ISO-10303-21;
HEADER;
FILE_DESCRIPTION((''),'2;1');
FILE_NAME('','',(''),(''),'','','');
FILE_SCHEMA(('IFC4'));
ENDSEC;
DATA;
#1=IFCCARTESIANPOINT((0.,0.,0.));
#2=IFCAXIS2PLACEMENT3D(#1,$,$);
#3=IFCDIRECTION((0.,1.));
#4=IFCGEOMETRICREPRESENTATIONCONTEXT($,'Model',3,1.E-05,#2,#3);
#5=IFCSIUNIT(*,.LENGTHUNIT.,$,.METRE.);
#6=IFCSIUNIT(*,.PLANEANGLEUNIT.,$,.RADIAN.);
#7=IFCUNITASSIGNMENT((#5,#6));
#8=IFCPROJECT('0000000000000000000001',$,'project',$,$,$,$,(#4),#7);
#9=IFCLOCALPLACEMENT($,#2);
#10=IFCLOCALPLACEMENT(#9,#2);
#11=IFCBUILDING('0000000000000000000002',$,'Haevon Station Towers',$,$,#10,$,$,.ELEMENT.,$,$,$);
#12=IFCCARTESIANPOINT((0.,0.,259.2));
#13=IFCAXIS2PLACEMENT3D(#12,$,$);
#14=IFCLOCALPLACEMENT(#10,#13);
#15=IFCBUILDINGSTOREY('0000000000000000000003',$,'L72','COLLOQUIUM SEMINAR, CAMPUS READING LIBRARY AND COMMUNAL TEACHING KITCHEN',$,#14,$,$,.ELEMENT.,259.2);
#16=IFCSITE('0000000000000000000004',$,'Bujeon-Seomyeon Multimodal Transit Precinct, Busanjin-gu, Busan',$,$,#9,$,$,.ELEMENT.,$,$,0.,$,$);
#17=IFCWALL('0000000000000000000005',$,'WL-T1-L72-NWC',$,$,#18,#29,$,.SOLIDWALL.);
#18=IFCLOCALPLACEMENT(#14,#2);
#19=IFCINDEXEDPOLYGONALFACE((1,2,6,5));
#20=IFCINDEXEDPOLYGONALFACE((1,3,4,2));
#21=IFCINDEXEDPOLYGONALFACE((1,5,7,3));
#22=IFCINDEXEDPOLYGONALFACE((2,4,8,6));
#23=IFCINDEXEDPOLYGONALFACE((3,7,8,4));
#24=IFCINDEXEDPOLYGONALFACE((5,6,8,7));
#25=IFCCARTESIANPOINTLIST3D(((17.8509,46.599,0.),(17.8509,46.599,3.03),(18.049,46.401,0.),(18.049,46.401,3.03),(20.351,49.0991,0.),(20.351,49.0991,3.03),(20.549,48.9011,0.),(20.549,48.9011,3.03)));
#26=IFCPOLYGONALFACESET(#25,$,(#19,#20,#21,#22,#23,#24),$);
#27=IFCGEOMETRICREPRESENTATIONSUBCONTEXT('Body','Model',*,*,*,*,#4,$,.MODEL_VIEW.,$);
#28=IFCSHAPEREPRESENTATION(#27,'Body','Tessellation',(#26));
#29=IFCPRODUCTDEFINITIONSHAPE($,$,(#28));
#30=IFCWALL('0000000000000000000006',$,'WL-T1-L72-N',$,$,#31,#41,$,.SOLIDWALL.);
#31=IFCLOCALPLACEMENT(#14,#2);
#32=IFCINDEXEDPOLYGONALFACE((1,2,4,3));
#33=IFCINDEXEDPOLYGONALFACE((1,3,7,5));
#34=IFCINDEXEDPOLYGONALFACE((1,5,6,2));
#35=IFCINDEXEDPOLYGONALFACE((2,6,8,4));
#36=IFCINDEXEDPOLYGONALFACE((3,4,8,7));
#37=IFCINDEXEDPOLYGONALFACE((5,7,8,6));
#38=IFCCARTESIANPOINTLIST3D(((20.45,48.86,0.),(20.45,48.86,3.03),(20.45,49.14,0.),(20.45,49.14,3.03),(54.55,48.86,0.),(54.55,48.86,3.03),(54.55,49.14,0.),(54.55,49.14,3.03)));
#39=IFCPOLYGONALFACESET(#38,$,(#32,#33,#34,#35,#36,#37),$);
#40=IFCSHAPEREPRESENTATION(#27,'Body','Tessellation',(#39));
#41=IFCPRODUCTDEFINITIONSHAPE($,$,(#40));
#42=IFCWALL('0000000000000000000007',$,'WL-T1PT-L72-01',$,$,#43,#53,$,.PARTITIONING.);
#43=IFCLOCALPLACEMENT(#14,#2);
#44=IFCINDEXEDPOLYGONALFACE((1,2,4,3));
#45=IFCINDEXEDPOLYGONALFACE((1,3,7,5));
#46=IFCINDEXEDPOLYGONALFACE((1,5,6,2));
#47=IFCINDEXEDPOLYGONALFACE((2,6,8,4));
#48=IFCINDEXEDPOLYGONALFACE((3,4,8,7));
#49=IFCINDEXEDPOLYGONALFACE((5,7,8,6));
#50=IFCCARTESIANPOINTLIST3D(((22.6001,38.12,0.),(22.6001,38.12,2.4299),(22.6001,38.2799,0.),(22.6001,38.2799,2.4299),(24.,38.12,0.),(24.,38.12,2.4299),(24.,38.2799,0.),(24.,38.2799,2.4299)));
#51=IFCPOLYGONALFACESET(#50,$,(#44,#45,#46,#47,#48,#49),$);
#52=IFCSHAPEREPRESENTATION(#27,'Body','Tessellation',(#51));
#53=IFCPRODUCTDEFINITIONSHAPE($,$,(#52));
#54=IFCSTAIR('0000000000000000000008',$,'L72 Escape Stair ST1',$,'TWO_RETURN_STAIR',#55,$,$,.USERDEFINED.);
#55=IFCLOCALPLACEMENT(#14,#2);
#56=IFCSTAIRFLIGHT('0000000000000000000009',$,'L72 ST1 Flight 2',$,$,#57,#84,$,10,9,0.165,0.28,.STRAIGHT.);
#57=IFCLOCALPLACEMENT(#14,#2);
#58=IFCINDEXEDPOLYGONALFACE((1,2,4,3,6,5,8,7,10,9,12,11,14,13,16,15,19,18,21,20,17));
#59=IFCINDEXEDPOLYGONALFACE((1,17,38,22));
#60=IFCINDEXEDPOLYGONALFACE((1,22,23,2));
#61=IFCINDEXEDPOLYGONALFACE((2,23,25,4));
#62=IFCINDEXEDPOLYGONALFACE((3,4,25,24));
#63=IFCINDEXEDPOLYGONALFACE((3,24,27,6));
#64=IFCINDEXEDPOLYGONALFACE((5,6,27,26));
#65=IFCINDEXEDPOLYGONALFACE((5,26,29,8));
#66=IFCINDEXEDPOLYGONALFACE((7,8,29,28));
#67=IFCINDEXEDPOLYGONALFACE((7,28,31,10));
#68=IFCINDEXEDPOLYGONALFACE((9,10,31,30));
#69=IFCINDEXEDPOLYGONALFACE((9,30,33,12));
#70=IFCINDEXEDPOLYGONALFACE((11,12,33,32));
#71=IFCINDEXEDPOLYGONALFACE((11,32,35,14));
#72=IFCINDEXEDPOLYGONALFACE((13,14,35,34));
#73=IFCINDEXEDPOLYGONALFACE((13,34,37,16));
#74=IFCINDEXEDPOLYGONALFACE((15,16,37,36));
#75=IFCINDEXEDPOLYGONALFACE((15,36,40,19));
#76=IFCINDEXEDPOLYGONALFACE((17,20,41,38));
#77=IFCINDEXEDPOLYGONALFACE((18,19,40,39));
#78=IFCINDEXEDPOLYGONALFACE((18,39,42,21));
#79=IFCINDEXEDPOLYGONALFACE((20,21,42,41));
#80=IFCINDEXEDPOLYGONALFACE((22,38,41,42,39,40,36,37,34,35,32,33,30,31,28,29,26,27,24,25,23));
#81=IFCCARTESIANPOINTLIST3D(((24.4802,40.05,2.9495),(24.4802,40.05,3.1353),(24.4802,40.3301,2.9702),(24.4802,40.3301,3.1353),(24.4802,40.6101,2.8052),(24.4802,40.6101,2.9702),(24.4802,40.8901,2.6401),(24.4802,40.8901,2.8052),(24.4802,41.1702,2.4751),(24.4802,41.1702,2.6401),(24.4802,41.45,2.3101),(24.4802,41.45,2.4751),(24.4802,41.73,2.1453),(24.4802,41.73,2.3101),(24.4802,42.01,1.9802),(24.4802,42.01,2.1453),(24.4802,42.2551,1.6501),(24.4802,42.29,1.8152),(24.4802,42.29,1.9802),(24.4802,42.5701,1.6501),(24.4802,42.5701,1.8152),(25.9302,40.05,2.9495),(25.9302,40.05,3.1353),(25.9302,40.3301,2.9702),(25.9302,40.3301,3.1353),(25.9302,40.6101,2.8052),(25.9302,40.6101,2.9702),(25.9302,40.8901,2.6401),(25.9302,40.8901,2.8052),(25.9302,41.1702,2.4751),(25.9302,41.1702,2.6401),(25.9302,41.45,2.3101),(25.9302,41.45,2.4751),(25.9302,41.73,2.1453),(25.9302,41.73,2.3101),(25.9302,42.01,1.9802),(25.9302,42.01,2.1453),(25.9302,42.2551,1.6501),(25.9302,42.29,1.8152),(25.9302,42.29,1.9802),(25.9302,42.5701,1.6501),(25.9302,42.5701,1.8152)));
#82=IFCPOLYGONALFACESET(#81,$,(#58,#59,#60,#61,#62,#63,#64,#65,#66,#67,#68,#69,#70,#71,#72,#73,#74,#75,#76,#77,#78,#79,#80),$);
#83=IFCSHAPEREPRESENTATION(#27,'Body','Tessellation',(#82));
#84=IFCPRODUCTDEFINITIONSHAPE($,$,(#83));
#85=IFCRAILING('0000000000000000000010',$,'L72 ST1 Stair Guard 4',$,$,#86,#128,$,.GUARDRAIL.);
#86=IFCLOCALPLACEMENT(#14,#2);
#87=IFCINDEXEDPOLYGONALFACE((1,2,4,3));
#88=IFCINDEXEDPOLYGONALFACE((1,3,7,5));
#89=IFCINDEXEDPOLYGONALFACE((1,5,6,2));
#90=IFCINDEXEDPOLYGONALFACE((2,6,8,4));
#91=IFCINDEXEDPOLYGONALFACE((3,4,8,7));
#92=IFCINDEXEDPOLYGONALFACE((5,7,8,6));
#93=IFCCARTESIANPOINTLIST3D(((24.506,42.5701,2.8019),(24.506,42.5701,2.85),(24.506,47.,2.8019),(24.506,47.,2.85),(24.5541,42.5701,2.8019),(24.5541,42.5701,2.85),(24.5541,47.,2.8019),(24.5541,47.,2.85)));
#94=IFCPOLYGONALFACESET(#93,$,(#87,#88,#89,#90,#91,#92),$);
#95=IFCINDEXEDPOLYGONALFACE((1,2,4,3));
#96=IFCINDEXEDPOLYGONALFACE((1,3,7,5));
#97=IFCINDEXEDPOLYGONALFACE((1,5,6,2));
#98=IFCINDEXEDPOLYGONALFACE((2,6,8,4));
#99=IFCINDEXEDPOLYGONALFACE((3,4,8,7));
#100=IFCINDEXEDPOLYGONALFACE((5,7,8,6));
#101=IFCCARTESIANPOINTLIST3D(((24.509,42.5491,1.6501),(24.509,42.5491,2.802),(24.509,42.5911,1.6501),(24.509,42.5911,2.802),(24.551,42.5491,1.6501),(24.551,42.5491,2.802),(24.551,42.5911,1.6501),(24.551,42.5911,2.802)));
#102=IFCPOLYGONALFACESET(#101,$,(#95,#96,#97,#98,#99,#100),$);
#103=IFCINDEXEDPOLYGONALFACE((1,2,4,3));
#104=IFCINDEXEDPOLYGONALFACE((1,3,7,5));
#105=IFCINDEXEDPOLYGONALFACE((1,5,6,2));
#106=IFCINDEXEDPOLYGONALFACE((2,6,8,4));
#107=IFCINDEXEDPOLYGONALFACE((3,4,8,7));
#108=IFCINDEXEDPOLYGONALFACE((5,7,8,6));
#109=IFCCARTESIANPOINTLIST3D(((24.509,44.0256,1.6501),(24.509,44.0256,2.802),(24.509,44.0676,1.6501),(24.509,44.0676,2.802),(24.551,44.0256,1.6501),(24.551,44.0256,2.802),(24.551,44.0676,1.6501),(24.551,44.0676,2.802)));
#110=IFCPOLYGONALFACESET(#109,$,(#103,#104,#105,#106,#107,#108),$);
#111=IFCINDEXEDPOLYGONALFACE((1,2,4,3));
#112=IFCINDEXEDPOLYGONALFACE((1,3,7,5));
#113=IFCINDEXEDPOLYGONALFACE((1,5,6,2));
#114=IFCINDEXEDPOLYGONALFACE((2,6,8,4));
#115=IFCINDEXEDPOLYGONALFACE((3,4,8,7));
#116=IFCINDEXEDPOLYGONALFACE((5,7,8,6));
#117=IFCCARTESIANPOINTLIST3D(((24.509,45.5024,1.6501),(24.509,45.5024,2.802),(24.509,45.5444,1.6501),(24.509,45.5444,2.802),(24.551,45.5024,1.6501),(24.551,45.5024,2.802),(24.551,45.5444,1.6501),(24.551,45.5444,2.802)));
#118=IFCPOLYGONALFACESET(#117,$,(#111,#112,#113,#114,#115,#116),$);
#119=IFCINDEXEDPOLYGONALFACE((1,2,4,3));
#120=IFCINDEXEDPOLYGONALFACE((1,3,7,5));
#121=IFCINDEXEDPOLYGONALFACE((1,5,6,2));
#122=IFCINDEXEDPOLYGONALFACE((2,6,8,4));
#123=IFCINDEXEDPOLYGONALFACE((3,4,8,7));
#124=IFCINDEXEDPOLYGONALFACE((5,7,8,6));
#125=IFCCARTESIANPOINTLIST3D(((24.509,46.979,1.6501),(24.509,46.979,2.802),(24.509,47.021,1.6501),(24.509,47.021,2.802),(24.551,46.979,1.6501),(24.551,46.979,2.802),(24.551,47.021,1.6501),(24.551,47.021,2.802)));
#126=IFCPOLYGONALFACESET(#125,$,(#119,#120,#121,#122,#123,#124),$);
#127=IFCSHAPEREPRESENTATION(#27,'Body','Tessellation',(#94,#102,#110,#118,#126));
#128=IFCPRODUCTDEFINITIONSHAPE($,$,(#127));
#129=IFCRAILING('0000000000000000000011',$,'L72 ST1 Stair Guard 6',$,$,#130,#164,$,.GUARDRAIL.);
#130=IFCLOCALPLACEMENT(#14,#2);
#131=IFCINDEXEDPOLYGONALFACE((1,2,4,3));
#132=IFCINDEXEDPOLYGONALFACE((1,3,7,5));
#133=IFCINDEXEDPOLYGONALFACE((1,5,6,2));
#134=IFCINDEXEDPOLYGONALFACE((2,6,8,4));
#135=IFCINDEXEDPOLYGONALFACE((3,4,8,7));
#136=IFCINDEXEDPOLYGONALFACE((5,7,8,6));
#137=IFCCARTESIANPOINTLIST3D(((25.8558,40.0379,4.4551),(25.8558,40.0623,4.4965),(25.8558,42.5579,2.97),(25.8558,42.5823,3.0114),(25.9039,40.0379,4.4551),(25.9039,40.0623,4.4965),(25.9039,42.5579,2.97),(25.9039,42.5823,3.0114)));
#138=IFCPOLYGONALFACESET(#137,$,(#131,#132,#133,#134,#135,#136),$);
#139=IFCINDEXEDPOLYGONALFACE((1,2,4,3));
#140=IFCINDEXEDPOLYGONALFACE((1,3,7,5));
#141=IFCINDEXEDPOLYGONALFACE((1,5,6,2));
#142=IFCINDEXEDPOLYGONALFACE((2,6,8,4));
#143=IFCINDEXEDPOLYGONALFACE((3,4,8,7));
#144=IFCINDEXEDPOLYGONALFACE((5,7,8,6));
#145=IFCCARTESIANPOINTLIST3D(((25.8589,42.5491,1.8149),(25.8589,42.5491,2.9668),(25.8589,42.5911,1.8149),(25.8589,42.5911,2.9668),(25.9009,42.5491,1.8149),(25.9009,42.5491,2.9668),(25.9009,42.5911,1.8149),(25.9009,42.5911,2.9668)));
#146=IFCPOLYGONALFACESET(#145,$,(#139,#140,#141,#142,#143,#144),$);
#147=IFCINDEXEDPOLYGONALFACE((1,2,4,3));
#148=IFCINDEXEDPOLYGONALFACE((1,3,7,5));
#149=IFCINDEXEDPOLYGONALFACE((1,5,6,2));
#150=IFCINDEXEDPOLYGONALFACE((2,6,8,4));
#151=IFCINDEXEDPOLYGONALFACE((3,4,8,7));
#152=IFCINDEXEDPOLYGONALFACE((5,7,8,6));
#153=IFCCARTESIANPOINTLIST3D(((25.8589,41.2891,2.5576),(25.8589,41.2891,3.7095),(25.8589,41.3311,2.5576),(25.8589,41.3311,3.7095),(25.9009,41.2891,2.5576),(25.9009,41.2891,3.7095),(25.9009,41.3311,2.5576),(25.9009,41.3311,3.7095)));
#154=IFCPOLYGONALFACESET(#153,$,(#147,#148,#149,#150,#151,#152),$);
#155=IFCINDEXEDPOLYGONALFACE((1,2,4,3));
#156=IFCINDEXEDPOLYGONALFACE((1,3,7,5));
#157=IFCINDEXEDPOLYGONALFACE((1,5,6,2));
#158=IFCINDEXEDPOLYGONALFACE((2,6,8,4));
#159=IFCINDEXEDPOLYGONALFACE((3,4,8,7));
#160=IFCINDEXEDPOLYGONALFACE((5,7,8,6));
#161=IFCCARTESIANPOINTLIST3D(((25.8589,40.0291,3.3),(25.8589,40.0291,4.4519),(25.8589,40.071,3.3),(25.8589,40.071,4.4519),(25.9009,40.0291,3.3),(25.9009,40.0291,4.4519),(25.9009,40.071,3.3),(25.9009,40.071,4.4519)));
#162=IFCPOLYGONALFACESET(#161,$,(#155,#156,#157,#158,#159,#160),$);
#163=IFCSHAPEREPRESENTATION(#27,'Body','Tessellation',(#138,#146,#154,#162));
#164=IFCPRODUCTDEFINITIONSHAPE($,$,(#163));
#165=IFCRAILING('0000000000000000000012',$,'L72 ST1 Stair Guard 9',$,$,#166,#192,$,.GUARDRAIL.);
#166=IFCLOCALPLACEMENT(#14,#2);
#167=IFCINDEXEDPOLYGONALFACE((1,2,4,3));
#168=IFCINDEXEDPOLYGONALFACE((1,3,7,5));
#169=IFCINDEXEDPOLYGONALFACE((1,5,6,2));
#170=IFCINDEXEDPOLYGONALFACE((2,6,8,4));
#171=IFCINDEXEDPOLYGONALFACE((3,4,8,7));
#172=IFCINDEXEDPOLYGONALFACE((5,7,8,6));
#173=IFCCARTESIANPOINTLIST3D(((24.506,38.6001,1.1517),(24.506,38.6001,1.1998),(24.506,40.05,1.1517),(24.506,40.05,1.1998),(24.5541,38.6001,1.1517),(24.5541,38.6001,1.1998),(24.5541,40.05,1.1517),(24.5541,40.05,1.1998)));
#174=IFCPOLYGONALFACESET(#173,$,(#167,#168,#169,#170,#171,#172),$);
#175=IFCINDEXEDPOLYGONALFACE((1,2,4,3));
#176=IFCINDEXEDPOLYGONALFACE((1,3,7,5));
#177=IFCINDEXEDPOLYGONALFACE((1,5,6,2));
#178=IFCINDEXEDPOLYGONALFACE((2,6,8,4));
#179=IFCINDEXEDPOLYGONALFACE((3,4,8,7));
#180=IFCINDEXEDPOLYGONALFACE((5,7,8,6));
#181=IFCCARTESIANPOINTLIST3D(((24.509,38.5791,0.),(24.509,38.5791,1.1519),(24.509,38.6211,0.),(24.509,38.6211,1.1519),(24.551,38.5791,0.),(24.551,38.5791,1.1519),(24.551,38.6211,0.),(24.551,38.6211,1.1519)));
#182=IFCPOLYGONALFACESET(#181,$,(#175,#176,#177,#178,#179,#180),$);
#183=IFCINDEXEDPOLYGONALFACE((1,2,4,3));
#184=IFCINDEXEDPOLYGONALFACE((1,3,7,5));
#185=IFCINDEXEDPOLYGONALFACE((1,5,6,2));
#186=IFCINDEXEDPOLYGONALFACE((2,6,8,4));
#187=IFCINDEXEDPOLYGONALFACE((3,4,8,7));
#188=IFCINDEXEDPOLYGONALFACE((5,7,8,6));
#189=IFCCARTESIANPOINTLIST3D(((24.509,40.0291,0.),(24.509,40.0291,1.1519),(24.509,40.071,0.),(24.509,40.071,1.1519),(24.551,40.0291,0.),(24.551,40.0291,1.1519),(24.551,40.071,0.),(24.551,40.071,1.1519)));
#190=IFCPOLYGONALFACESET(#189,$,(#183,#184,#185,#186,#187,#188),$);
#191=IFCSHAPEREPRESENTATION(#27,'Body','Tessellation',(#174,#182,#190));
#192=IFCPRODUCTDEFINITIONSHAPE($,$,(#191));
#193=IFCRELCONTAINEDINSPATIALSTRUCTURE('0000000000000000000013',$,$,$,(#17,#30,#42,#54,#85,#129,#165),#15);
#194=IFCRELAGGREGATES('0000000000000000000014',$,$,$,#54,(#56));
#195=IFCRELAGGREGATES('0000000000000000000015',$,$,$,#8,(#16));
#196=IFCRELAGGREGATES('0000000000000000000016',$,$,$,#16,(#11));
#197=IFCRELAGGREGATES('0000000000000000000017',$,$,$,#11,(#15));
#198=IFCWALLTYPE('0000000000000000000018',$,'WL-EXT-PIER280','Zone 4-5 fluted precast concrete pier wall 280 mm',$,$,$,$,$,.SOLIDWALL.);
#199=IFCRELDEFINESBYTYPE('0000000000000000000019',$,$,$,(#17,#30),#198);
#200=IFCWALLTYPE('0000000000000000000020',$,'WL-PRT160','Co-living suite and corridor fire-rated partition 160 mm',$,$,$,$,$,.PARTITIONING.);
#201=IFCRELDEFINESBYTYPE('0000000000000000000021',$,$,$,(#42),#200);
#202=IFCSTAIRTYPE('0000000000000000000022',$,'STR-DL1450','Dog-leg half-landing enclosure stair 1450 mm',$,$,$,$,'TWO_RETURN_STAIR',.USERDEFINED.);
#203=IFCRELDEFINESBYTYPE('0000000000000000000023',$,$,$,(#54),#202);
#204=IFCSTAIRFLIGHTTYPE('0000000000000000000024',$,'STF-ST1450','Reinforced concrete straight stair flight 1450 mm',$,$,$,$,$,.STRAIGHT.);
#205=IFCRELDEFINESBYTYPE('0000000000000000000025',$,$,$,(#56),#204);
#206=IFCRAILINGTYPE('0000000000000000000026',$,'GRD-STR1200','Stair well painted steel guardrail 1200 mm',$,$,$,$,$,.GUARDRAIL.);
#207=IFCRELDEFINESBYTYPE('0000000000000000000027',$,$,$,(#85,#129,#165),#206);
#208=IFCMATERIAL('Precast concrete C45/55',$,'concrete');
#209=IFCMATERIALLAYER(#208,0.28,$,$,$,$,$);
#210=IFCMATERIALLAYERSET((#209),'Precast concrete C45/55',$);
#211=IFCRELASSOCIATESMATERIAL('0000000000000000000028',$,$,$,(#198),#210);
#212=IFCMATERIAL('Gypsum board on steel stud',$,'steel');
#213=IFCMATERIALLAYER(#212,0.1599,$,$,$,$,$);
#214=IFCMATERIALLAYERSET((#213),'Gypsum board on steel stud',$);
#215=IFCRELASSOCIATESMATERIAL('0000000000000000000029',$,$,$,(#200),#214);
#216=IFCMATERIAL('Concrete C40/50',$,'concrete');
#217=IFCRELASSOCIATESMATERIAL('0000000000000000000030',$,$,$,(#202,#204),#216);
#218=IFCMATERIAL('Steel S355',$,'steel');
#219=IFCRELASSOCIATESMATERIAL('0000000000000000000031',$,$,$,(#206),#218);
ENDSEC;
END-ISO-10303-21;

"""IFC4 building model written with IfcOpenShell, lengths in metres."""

from ifc_helpers import new_model, si_unit, direction, frame, frame_2d, origin, origin_2d, place, context, subcontext, project, spatial, polyline, rectangle, outline, extrude, material, layer, layer_set, type_object, element, aggregate, save


model = new_model("IFC4")

# Units and contexts
model_context = context("Model", 3, precision=1e-05, world=origin(), true_north=direction((0.0, 1.0)))
body_context = subcontext(model_context, "Body", "Model", "MODEL_VIEW")
ifc_project = project(units=[si_unit("LENGTHUNIT", "METRE"), si_unit("PLANEANGLEUNIT", "RADIAN")], contexts=[model_context])

# Site, building, storey
site_placement = place(None, origin())
site = spatial("IfcSite", under=ifc_project, at=site_placement, Name="Bujeon-Seomyeon Multimodal Transit Precinct, Busanjin-gu, Busan", CompositionType="ELEMENT", RefElevation=0.0)
building_placement = place(site_placement, origin())
building = spatial("IfcBuilding", under=site, at=building_placement, Name="Haevon Station Towers", CompositionType="ELEMENT")
storey_placement = place(building_placement, frame((0.0, 0.0, 259.2)))
storey = spatial("IfcBuildingStorey", under=building, at=storey_placement, Name="L72", Description="COLLOQUIUM SEMINAR, CAMPUS READING LIBRARY AND COMMUNAL TEACHING KITCHEN", CompositionType="ELEMENT", Elevation=259.2)

# Shared definitions
ifc_material_1 = material(Name="Steel S355", Category="steel")

# Shared definitions
ifc_material_2 = material(Name="Gypsum board on steel stud", Category="steel")

# Walls
ifc_material_3 = material(Name="Precast concrete C45/55", Category="concrete")
ifc_layer_1 = layer(ifc_material_3, 0.28)
ifc_layer_set_1 = layer_set([ifc_layer_1], Name="Precast concrete C45/55")
wall_type_1 = type_object("IfcWallType", Name="WL-EXT-PIER280", Description="Zone 4-5 fluted precast concrete pier wall 280 mm", PredefinedType="SOLIDWALL", material=ifc_layer_set_1)
wall_1_placement = place(storey_placement, frame((17.95, 46.5, 0.0), z_axis=(0.0, 0.0, 1.0), x_axis=(0.707107, 0.707107, 0.0)))
element("IfcWall", 1, at=wall_1_placement, inside=storey, type_object=wall_type_1, Name="WL-T1-L72-NWC", PredefinedType="SOLIDWALL", context=body_context, shape_type="SweptSolid", body=[
    extrude(rectangle(XDim=3.5356, YDim=0.28, at=frame_2d((1.7678, 0.0))), origin(), (0.0, 0.0, 1.0), 3.03),
])
wall_2_placement = place(storey_placement, frame((20.45, 49.0, 0.0), z_axis=(0.0, 0.0, 1.0), x_axis=(1.0, 0.0, 0.0)))
element("IfcWall", 2, at=wall_2_placement, inside=storey, type_object=wall_type_1, Name="WL-T1-L72-N", PredefinedType="SOLIDWALL", context=body_context, shape_type="SweptSolid", body=[
    extrude(rectangle(XDim=34.1001, YDim=0.28, at=frame_2d((17.05, 0.0))), origin(), (0.0, 0.0, 1.0), 3.03),
])
ifc_layer_2 = layer(ifc_material_2, 0.1599)
ifc_layer_set_2 = layer_set([ifc_layer_2], Name="Gypsum board on steel stud")
wall_type_2 = type_object("IfcWallType", Name="WL-PRT160", Description="Co-living suite and corridor fire-rated partition 160 mm", PredefinedType="PARTITIONING", material=ifc_layer_set_2)
wall_3_placement = place(storey_placement, frame((22.6001, 38.2, 0.0), z_axis=(0.0, 0.0, 1.0), x_axis=(1.0, 0.0, 0.0)))
element("IfcWall", 3, at=wall_3_placement, inside=storey, type_object=wall_type_2, Name="WL-T1PT-L72-01", PredefinedType="PARTITIONING", context=body_context, shape_type="SweptSolid", body=[
    extrude(rectangle(XDim=1.3999, YDim=0.1599, at=frame_2d((0.7, 0.0))), origin(), (0.0, 0.0, 1.0), 2.4299),
])

# Stair, stair flight
ifc_material_4 = material(Name="Concrete C40/50", Category="concrete")
stair_type = type_object("IfcStairType", Name="STR-DL1450", Description="Dog-leg half-landing enclosure stair 1450 mm", ElementType="TWO_RETURN_STAIR", PredefinedType="USERDEFINED", material=ifc_material_4)
stair_placement = place(storey_placement, origin())
stair = element("IfcStair", 4, at=stair_placement, inside=storey, type_object=stair_type, Name="L72 Escape Stair ST1", ObjectType="TWO_RETURN_STAIR", PredefinedType="USERDEFINED")
stair_flight_type = type_object("IfcStairFlightType", Name="STF-ST1450", Description="Reinforced concrete straight stair flight 1450 mm", PredefinedType="STRAIGHT", material=ifc_material_4)
stair_flight_placement = place(storey_placement, frame((25.2051, 42.5701, 1.6501), z_axis=(0.0, 0.0, 1.0), x_axis=(0.0, -1.0, 0.0)))
stair_flight = element("IfcStairFlight", 5, at=stair_flight_placement, type_object=stair_flight_type, Name="L72 ST1 Flight 2", NumberOfRisers=10, NumberOfTreads=9, PredefinedType="STRAIGHT", RiserHeight=0.165, TreadLength=0.28, context=body_context, shape_type="SweptSolid", body=[
    extrude(outline(polyline([(0.0, 0.0), (0.0, 0.165), (0.28, 0.165), (0.28, 0.3301), (0.5601, 0.3301), (0.5601, 0.4951), (0.8401, 0.4951), (0.8401, 0.6599), (1.1201, 0.6599), (1.1201, 0.825), (1.3999, 0.825), (1.3999, 0.99), (1.6799, 0.99), (1.6799, 1.155), (1.96, 1.155), (1.96, 1.3201), (2.24, 1.3201), (2.24, 1.4851), (2.52, 1.4851), (2.52, 1.6499), (2.52, 1.2993), (0.3149, 0.0), (0.0, 0.0)])), frame((0.0, 0.7251, 0.0), z_axis=(0.0, -1.0, 0.0), x_axis=(1.0, 0.0, 0.0)), (0.0, 0.0, 1.0), 1.45),
])
aggregate(stair, [stair_flight])

# Railings
railing_type_1 = type_object("IfcRailingType", Name="GRD-STR1200", Description="Stair well painted steel guardrail 1200 mm", PredefinedType="GUARDRAIL", material=ifc_material_1)
railing_1_placement = place(storey_placement, frame((24.53, 42.5701, 1.6501)))
element("IfcRailing", 6, at=railing_1_placement, inside=storey, type_object=railing_type_1, Name="L72 ST1 Stair Guard 4", PredefinedType="GUARDRAIL", context=body_context, shape_type="SweptSolid", body=[
    extrude(rectangle(XDim=0.0481, YDim=0.0481, at=origin_2d()), frame((0.0, 0.0, 1.1758), z_axis=(0.0, 1.0, 0.0), x_axis=(-1.0, 0.0, 0.0)), (0.0, 0.0, 1.0), 4.4299),
    extrude(rectangle(XDim=0.042, YDim=0.042, at=origin_2d()), origin(), (0.0, 0.0, 1.0), 1.1519),
    extrude(rectangle(XDim=0.042, YDim=0.042, at=origin_2d()), frame((0.0, 1.4766, 0.0)), (0.0, 0.0, 1.0), 1.1519),
    extrude(rectangle(XDim=0.042, YDim=0.042, at=origin_2d()), frame((0.0, 2.9534, 0.0)), (0.0, 0.0, 1.0), 1.1519),
    extrude(rectangle(XDim=0.042, YDim=0.042, at=origin_2d()), frame((0.0, 4.4299, 0.0)), (0.0, 0.0, 1.0), 1.1519),
])
railing_2_placement = place(storey_placement, frame((25.8799, 42.5701, 1.8149)))
element("IfcRailing", 7, at=railing_2_placement, inside=storey, type_object=railing_type_1, Name="L72 ST1 Stair Guard 6", PredefinedType="GUARDRAIL", context=body_context, shape_type="SweptSolid", body=[
    extrude(rectangle(XDim=0.0481, YDim=0.0481, at=origin_2d()), frame((0.0, 0.0, 1.1758), z_axis=(0.0, -0.861524, 0.507717), x_axis=(1.0, 0.0, 0.0)), (0.0, 0.0, 1.0), 2.925),
    extrude(rectangle(XDim=0.042, YDim=0.042, at=origin_2d()), origin(), (0.0, 0.0, 1.0), 1.1519),
    extrude(rectangle(XDim=0.042, YDim=0.042, at=origin_2d()), frame((0.0, -1.26, 0.7427)), (0.0, 0.0, 1.0), 1.1519),
    extrude(rectangle(XDim=0.042, YDim=0.042, at=origin_2d()), frame((0.0, -2.52, 1.4851)), (0.0, 0.0, 1.0), 1.1519),
])
railing_3_placement = place(storey_placement, frame((24.53, 38.6001, 0.0)))
element("IfcRailing", 8, at=railing_3_placement, inside=storey, type_object=railing_type_1, Name="L72 ST1 Stair Guard 9", PredefinedType="GUARDRAIL", context=body_context, shape_type="SweptSolid", body=[
    extrude(rectangle(XDim=0.0481, YDim=0.0481, at=origin_2d()), frame((0.0, 0.0, 1.1758), z_axis=(0.0, 1.0, 0.0), x_axis=(-1.0, 0.0, 0.0)), (0.0, 0.0, 1.0), 1.45),
    extrude(rectangle(XDim=0.042, YDim=0.042, at=origin_2d()), origin(), (0.0, 0.0, 1.0), 1.1519),
    extrude(rectangle(XDim=0.042, YDim=0.042, at=origin_2d()), frame((0.0, 1.45, 0.0)), (0.0, 0.0, 1.0), 1.1519),
])

save(model, "model.ifc")
